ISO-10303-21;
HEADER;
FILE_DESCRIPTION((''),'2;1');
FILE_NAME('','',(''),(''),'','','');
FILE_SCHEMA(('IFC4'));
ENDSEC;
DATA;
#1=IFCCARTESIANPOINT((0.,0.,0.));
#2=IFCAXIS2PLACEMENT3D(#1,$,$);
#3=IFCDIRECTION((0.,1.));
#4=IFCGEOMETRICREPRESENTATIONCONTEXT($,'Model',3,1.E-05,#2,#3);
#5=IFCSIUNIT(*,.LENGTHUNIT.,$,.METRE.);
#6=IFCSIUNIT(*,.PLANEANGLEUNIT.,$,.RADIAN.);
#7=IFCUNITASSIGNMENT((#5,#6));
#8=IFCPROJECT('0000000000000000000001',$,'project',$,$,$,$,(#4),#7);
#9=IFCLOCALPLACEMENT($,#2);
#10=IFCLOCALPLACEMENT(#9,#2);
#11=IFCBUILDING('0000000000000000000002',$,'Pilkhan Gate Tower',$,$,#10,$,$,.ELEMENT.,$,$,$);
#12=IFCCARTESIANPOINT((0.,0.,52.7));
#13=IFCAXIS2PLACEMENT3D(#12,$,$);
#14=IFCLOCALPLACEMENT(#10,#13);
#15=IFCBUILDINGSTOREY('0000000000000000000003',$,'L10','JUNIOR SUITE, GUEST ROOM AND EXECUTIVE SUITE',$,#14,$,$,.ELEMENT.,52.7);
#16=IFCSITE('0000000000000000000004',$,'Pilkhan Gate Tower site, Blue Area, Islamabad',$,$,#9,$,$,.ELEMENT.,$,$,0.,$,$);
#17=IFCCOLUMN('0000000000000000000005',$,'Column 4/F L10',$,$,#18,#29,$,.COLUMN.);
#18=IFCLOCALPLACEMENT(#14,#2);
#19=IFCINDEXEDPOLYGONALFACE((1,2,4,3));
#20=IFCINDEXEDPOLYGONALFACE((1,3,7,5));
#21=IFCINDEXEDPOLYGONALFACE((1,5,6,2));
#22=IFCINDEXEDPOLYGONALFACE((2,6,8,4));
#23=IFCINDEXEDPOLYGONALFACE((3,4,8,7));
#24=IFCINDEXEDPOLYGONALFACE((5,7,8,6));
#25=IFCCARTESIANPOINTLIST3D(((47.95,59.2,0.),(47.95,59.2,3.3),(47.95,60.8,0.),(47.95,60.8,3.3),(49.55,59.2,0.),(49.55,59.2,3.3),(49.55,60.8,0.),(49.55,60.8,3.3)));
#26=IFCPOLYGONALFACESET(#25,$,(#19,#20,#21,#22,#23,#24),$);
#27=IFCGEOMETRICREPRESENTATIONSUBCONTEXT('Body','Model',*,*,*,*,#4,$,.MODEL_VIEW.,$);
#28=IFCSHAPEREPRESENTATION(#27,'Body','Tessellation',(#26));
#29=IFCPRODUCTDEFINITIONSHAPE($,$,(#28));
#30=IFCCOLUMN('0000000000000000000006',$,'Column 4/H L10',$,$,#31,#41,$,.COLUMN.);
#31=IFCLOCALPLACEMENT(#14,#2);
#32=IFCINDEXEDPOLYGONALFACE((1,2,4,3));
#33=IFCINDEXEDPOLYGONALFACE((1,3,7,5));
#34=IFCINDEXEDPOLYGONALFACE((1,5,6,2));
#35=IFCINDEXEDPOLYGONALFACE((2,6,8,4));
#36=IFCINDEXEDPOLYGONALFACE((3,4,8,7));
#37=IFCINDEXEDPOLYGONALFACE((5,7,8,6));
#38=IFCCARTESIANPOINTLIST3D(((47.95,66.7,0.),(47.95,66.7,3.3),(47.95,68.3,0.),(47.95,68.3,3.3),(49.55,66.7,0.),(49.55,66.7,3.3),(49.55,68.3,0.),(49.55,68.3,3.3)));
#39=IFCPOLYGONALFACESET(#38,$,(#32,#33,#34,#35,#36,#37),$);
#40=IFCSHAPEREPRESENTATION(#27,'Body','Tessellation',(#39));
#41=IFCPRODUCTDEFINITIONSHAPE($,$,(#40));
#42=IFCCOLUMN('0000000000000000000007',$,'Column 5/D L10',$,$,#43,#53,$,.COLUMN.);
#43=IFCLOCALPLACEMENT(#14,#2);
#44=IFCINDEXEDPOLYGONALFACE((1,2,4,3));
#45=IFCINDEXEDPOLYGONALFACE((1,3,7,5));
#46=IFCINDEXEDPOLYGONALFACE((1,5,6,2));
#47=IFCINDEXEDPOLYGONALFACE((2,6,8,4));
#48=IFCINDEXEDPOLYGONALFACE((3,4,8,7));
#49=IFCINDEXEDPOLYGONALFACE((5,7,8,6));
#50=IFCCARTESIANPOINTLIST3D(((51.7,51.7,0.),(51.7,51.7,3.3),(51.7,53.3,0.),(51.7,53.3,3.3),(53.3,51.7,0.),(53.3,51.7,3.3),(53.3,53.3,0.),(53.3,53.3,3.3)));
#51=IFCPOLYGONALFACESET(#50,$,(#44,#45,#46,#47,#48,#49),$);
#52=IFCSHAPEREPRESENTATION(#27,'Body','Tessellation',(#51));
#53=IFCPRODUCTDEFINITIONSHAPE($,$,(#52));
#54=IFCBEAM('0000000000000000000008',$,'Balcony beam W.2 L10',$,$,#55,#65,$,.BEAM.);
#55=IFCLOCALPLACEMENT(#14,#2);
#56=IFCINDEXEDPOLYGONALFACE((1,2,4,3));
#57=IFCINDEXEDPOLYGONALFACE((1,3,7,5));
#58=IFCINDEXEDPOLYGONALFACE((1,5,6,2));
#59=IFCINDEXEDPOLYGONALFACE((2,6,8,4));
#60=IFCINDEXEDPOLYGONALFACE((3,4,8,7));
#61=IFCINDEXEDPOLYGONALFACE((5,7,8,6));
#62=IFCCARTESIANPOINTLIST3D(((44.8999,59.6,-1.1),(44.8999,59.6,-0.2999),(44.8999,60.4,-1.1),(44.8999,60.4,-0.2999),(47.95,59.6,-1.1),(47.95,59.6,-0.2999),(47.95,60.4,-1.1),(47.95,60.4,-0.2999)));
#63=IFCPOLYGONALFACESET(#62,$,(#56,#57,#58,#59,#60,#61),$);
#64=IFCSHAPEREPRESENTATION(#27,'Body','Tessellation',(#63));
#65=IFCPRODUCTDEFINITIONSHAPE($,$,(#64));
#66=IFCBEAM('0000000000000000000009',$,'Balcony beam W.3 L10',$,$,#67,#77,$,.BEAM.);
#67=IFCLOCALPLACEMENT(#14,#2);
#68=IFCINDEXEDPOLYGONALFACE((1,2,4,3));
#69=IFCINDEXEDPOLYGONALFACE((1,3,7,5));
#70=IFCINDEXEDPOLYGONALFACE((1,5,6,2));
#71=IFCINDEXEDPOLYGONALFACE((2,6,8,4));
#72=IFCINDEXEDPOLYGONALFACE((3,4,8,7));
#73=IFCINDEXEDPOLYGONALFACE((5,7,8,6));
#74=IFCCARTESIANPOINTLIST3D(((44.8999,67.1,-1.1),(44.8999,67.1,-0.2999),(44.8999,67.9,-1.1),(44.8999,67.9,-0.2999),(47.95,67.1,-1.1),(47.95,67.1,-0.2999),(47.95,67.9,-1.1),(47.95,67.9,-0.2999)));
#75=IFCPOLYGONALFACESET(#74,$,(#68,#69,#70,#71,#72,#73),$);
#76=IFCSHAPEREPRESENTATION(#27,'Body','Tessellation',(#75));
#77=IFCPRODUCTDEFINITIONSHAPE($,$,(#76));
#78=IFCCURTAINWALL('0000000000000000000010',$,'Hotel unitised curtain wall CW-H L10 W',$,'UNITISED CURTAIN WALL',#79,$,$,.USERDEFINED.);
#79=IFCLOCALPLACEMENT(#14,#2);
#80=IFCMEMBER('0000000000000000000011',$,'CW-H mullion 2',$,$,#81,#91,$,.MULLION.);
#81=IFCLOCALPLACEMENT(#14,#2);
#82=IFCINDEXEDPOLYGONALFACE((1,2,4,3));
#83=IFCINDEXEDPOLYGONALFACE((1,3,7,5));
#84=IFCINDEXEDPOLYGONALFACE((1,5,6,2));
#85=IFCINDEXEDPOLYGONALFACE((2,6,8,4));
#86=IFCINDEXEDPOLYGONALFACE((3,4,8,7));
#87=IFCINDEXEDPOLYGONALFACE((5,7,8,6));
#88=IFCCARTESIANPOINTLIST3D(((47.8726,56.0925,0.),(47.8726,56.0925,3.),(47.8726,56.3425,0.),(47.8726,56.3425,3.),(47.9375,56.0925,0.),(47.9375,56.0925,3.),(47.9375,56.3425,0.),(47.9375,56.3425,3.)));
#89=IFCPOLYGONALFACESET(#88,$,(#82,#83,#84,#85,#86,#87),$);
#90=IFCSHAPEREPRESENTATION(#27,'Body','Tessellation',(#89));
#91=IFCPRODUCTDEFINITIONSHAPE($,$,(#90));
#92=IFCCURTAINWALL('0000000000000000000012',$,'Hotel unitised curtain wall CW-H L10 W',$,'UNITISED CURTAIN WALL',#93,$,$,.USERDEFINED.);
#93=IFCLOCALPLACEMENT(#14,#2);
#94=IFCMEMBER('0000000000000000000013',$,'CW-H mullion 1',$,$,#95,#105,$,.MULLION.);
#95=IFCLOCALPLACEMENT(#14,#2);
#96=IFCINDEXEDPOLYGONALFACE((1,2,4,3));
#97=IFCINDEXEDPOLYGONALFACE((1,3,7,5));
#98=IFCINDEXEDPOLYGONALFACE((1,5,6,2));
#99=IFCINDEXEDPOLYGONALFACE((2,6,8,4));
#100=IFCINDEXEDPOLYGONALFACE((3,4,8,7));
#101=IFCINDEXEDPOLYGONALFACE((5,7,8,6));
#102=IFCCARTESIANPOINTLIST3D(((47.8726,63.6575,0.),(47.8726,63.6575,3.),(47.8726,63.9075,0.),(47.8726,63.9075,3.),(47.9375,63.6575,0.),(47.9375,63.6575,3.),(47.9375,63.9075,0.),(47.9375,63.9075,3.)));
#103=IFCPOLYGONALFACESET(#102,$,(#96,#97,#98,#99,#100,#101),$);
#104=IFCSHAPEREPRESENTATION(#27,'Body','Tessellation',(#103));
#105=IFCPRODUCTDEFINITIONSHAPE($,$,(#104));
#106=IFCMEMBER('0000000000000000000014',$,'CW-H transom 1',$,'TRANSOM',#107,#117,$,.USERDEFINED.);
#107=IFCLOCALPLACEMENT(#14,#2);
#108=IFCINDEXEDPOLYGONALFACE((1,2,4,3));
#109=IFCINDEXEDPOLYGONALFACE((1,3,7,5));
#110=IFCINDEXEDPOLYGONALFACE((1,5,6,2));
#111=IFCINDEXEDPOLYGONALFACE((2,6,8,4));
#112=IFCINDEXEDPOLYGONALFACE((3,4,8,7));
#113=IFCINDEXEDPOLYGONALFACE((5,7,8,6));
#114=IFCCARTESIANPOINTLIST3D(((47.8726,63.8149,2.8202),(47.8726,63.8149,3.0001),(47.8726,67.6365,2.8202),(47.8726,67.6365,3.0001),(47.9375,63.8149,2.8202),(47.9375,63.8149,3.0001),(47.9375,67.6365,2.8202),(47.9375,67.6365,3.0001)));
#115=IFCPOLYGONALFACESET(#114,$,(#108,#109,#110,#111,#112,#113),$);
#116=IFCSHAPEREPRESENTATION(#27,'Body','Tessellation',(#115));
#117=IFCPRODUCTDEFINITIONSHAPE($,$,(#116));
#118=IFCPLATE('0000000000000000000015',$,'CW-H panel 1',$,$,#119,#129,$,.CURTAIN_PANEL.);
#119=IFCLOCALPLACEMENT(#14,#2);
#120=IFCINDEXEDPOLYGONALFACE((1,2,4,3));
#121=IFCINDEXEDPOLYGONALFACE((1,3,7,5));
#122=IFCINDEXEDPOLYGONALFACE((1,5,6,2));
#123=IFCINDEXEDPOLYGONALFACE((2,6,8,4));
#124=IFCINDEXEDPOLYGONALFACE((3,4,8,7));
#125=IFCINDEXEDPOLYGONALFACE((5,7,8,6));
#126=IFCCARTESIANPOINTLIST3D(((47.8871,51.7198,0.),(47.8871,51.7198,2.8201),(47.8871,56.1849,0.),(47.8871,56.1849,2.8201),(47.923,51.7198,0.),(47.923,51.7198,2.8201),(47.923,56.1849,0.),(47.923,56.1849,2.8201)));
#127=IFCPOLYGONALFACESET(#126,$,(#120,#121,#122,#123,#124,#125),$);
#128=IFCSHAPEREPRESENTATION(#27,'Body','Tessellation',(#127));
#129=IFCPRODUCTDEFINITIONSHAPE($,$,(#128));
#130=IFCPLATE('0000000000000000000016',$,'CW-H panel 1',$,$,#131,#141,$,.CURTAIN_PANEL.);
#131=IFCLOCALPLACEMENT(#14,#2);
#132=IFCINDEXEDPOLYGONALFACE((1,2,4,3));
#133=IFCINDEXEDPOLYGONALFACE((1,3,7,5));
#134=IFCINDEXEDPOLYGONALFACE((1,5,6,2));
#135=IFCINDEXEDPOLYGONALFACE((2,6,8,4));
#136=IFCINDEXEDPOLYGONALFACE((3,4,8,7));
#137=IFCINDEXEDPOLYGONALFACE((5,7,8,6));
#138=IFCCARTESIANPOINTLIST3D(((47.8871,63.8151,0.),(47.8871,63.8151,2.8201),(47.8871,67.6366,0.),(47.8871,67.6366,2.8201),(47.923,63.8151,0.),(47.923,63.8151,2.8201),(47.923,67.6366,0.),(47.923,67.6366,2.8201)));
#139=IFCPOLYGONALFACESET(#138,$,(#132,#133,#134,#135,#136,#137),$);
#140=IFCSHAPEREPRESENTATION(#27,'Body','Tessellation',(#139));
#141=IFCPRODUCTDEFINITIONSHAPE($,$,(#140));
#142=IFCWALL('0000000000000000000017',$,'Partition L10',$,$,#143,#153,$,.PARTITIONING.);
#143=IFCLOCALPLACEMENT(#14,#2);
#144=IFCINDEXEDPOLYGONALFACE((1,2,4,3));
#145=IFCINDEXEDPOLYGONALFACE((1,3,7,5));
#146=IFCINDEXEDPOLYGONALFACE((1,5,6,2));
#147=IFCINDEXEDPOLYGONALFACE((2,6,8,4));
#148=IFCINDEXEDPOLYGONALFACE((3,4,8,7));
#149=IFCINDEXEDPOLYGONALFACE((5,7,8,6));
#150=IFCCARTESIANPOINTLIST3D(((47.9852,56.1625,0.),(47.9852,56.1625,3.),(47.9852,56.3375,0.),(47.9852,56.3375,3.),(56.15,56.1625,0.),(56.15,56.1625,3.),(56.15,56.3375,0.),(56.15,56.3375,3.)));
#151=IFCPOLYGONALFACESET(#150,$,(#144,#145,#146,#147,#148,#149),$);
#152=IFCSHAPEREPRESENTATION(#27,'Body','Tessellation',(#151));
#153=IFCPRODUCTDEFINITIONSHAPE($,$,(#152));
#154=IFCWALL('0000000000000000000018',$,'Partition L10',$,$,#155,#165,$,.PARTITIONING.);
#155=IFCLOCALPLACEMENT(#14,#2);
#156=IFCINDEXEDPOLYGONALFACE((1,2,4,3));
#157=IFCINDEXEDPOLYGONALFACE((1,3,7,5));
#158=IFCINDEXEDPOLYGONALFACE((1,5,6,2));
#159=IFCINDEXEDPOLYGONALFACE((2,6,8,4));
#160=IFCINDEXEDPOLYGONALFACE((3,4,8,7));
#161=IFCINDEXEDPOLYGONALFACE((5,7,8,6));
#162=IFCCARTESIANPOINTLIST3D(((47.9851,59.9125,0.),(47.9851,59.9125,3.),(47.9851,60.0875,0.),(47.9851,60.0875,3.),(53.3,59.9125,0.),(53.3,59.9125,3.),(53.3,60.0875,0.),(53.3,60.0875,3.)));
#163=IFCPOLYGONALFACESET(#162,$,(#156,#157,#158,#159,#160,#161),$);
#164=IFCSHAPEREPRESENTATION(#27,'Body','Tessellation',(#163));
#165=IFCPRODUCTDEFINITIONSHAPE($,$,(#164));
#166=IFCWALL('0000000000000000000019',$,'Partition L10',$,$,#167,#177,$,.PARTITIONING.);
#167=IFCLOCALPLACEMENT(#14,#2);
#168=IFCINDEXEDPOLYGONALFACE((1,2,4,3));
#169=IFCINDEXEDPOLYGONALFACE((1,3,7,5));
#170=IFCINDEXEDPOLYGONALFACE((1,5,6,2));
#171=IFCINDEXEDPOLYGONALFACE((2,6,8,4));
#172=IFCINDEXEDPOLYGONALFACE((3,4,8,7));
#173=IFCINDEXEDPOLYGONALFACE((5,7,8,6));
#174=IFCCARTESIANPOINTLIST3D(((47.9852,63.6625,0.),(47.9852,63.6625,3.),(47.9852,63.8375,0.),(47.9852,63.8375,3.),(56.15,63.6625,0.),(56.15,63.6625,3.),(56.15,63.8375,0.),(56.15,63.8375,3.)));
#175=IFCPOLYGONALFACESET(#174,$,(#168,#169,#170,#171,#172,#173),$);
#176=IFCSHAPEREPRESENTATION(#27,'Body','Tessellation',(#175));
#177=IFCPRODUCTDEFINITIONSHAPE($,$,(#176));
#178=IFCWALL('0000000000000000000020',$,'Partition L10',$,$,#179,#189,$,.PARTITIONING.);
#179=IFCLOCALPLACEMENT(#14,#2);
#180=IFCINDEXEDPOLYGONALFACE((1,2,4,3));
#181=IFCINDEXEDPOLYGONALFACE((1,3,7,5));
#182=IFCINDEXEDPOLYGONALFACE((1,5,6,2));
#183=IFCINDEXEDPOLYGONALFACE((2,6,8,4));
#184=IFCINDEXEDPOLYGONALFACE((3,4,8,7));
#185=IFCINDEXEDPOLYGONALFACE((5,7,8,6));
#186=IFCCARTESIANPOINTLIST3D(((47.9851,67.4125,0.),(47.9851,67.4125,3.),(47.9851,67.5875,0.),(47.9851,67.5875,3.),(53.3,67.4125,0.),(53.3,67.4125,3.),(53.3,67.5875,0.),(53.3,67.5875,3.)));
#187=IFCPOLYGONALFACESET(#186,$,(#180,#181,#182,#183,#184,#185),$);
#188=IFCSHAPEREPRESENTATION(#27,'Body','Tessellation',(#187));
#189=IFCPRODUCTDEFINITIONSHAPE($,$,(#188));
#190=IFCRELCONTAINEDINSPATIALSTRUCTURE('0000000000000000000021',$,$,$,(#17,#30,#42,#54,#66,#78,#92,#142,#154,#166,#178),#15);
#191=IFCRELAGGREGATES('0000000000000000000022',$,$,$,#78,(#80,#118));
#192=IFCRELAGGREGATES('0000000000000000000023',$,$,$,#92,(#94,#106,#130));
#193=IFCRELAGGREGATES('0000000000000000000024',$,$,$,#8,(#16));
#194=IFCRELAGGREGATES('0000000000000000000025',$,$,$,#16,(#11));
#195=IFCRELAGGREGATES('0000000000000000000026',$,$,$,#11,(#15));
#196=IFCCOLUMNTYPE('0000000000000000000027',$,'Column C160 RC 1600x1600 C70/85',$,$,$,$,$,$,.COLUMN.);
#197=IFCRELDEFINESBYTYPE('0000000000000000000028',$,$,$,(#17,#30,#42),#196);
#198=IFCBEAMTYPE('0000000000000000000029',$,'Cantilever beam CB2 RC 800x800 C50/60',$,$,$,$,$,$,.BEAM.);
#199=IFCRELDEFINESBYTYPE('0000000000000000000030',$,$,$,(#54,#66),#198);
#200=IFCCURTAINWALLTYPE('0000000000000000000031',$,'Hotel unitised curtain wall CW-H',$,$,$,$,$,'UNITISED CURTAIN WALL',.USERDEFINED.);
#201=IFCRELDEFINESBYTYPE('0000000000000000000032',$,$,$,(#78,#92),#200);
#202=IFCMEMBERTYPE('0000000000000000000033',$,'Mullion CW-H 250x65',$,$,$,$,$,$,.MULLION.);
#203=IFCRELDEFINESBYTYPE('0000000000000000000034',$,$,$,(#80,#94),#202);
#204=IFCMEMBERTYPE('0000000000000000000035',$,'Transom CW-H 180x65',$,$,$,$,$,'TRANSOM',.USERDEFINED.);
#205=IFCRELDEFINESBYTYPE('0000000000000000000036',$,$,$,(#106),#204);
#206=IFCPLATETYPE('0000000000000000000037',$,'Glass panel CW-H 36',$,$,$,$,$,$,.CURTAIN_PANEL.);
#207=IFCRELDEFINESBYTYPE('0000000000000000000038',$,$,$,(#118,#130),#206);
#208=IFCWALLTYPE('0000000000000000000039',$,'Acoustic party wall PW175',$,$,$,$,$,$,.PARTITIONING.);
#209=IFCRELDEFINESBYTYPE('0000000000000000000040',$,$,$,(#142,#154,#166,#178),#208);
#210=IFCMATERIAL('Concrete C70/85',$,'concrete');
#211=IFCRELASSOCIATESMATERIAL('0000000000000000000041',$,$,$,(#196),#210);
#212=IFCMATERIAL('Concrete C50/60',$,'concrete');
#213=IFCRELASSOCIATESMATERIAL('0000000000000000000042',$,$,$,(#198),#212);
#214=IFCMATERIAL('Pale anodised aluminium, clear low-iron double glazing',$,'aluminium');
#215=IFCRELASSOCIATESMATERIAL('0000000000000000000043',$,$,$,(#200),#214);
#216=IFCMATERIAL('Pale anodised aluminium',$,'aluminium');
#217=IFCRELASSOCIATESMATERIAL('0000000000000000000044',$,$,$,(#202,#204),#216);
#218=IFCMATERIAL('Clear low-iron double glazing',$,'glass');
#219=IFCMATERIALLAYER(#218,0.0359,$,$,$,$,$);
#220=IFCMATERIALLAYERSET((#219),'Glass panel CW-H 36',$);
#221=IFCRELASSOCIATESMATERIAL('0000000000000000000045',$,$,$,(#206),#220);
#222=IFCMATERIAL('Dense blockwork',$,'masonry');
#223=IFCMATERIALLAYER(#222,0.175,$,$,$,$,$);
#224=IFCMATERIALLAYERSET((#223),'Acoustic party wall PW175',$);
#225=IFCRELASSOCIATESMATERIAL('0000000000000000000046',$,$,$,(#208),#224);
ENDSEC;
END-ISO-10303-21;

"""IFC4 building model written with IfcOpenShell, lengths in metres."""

from ifc_helpers import new_model, si_unit, direction, frame, frame_2d, origin, origin_2d, place, context, subcontext, project, spatial, rectangle, extrude, material, layer, layer_set, material_profile, profile_set, type_object, element, aggregate, save


model = new_model("IFC4")

# Units and contexts
model_context = context("Model", 3, precision=1e-05, world=origin(), true_north=direction((0.0, 1.0)))
body_context = subcontext(model_context, "Body", "Model", "MODEL_VIEW")
ifc_project = project(units=[si_unit("LENGTHUNIT", "METRE"), si_unit("PLANEANGLEUNIT", "RADIAN")], contexts=[model_context])

# Site, building, storey
site_placement = place(None, origin())
site = spatial("IfcSite", under=ifc_project, at=site_placement, Name="Pilkhan Gate Tower site, Blue Area, Islamabad", CompositionType="ELEMENT", RefElevation=0.0)
building_placement = place(site_placement, origin())
building = spatial("IfcBuilding", under=site, at=building_placement, Name="Pilkhan Gate Tower", CompositionType="ELEMENT")
storey_placement = place(building_placement, frame((0.0, 0.0, 52.7)))
storey = spatial("IfcBuildingStorey", under=building, at=storey_placement, Name="L10", Description="JUNIOR SUITE, GUEST ROOM AND EXECUTIVE SUITE", CompositionType="ELEMENT", Elevation=52.7)

# Columns
ifc_material_1 = material(Name="Concrete C70/85", Category="concrete")
ifc_material_profile_1 = material_profile(ifc_material_1, rectangle(XDim=1.6001, YDim=1.6001, at=origin_2d()), Name="RC 1600x1600")
ifc_profile_set_1 = profile_set([ifc_material_profile_1], Name="Concrete C70/85")
column_type = type_object("IfcColumnType", Name="Column C160 RC 1600x1600 C70/85", PredefinedType="COLUMN", material=ifc_profile_set_1)
for number, where, z_axis, x_axis, name in (
    (1, (48.75, 60.0, 0.0), (0.0, 0.0, 1.0), (1.0, 0.0, 0.0), "Column 4/F L10"),
    (2, (48.75, 67.5, 0.0), (0.0, 0.0, 1.0), (1.0, 0.0, 0.0), "Column 4/H L10"),
    (3, (52.5, 52.5, 0.0), (0.0, 0.0, 1.0), (1.0, 0.0, 0.0), "Column 5/D L10"),
):
    element("IfcColumn", number, at=place(storey_placement, frame(where, z_axis=z_axis, x_axis=x_axis)), inside=storey, type_object=column_type, Name=name, PredefinedType="COLUMN", context=body_context, shape_type="SweptSolid", body=[
        extrude(rectangle(XDim=1.6001, YDim=1.6001, at=origin_2d()), origin(), (0.0, 0.0, 1.0), 3.3),
    ])

# Beams
ifc_material_2 = material(Name="Concrete C50/60", Category="concrete")
ifc_material_profile_2 = material_profile(ifc_material_2, rectangle(XDim=0.8, YDim=0.8, at=origin_2d()), Name="RC 800x800")
ifc_profile_set_2 = profile_set([ifc_material_profile_2], Name="Concrete C50/60")
beam_type = type_object("IfcBeamType", Name="Cantilever beam CB2 RC 800x800 C50/60", PredefinedType="BEAM", material=ifc_profile_set_2)
for number, where, z_axis, x_axis, name in (
    (4, (47.95, 60.0, -0.7), (-1.0, 0.0, 0.0), (0.0, -1.0, 0.0), "Balcony beam W.2 L10"),
    (5, (47.95, 67.5, -0.7), (-1.0, 0.0, 0.0), (0.0, -1.0, 0.0), "Balcony beam W.3 L10"),
):
    element("IfcBeam", number, at=place(storey_placement, frame(where, z_axis=z_axis, x_axis=x_axis)), inside=storey, type_object=beam_type, Name=name, PredefinedType="BEAM", context=body_context, shape_type="SweptSolid", body=[
        extrude(rectangle(XDim=0.8, YDim=0.8, at=origin_2d()), origin(), (0.0, 0.0, 1.0), 3.05),
    ])

# Curtain wall, member
ifc_material_3 = material(Name="Pale anodised aluminium, clear low-iron double glazing", Category="aluminium")
curtain_wall_type = type_object("IfcCurtainWallType", Name="Hotel unitised curtain wall CW-H", ElementType="UNITISED CURTAIN WALL", PredefinedType="USERDEFINED", material=ifc_material_3)
curtain_wall_1_placement = place(storey_placement, origin())
curtain_wall_1 = element("IfcCurtainWall", 6, at=curtain_wall_1_placement, inside=storey, type_object=curtain_wall_type, Name="Hotel unitised curtain wall CW-H L10 W", ObjectType="UNITISED CURTAIN WALL", PredefinedType="USERDEFINED")
ifc_material_4 = material(Name="Pale anodised aluminium", Category="aluminium")
ifc_material_profile_3 = material_profile(ifc_material_4, rectangle(XDim=0.0649, YDim=0.25, at=origin_2d()), Name="Mullion 250x65")
ifc_profile_set_3 = profile_set([ifc_material_profile_3], Name="Pale anodised aluminium")
member_type_1 = type_object("IfcMemberType", Name="Mullion CW-H 250x65", PredefinedType="MULLION", material=ifc_profile_set_3)
member_1_placement = place(storey_placement, frame((47.905, 56.2175, 0.0), z_axis=(0.0, 0.0, 1.0), x_axis=(-1.0, 0.0, 0.0)))
member_1 = element("IfcMember", 7, at=member_1_placement, type_object=member_type_1, Name="CW-H mullion 2", PredefinedType="MULLION", context=body_context, shape_type="SweptSolid", body=[
    extrude(rectangle(XDim=0.0649, YDim=0.25, at=origin_2d()), origin(), (0.0, 0.0, 1.0), 3.0),
])

# Curtain wall, members
curtain_wall_2_placement = place(storey_placement, origin())
curtain_wall_2 = element("IfcCurtainWall", 8, at=curtain_wall_2_placement, inside=storey, type_object=curtain_wall_type, Name="Hotel unitised curtain wall CW-H L10 W", ObjectType="UNITISED CURTAIN WALL", PredefinedType="USERDEFINED")
member_2_placement = place(storey_placement, frame((47.905, 63.7825, 0.0), z_axis=(0.0, 0.0, 1.0), x_axis=(-1.0, 0.0, 0.0)))
member_2 = element("IfcMember", 9, at=member_2_placement, type_object=member_type_1, Name="CW-H mullion 1", PredefinedType="MULLION", context=body_context, shape_type="SweptSolid", body=[
    extrude(rectangle(XDim=0.0649, YDim=0.25, at=origin_2d()), origin(), (0.0, 0.0, 1.0), 3.0),
])
ifc_material_profile_4 = material_profile(ifc_material_4, rectangle(XDim=0.0649, YDim=0.1799, at=origin_2d()), Name="Transom 180x65")
ifc_profile_set_4 = profile_set([ifc_material_profile_4], Name="Pale anodised aluminium")
member_type_2 = type_object("IfcMemberType", Name="Transom CW-H 180x65", ElementType="TRANSOM", PredefinedType="USERDEFINED", material=ifc_profile_set_4)
member_3_placement = place(storey_placement, frame((47.905, 63.8149, 2.9102), z_axis=(0.0, 1.0, 0.0), x_axis=(-1.0, 0.0, 0.0)))
member_3 = element("IfcMember", 10, at=member_3_placement, type_object=member_type_2, Name="CW-H transom 1", ObjectType="TRANSOM", PredefinedType="USERDEFINED", context=body_context, shape_type="SweptSolid", body=[
    extrude(rectangle(XDim=0.0649, YDim=0.1799, at=origin_2d()), origin(), (0.0, 0.0, 1.0), 3.8215),
])

# Plates
ifc_material_5 = material(Name="Clear low-iron double glazing", Category="glass")
ifc_layer_1 = layer(ifc_material_5, 0.0359)
ifc_layer_set_1 = layer_set([ifc_layer_1], Name="Glass panel CW-H 36")
plate_type = type_object("IfcPlateType", Name="Glass panel CW-H 36", PredefinedType="CURTAIN_PANEL", material=ifc_layer_set_1)
plate_1_placement = place(storey_placement, frame((47.905, 53.9524, 0.0), z_axis=(0.0, 0.0, 1.0), x_axis=(0.0, 1.0, 0.0)))
plate_1 = element("IfcPlate", 11, at=plate_1_placement, type_object=plate_type, Name="CW-H panel 1", PredefinedType="CURTAIN_PANEL", context=body_context, shape_type="SweptSolid", body=[
    extrude(rectangle(XDim=4.4651, YDim=0.0359, at=origin_2d()), origin(), (0.0, 0.0, 1.0), 2.8201),
])
aggregate(curtain_wall_1, [member_1, plate_1])
plate_2_placement = place(storey_placement, frame((47.905, 65.7258, 0.0), z_axis=(0.0, 0.0, 1.0), x_axis=(0.0, 1.0, 0.0)))
plate_2 = element("IfcPlate", 12, at=plate_2_placement, type_object=plate_type, Name="CW-H panel 1", PredefinedType="CURTAIN_PANEL", context=body_context, shape_type="SweptSolid", body=[
    extrude(rectangle(XDim=3.8215, YDim=0.0359, at=origin_2d()), origin(), (0.0, 0.0, 1.0), 2.8201),
])
aggregate(curtain_wall_2, [member_2, member_3, plate_2])

# Walls
ifc_material_6 = material(Name="Dense blockwork", Category="masonry")
ifc_layer_2 = layer(ifc_material_6, 0.175)
ifc_layer_set_2 = layer_set([ifc_layer_2], Name="Acoustic party wall PW175")
wall_type_1 = type_object("IfcWallType", Name="Acoustic party wall PW175", PredefinedType="PARTITIONING", material=ifc_layer_set_2)
wall_1_placement = place(storey_placement, frame((47.9851, 56.25, 0.0), z_axis=(0.0, 0.0, 1.0), x_axis=(1.0, 0.0, 0.0)))
element("IfcWall", 13, at=wall_1_placement, inside=storey, type_object=wall_type_1, Name="Partition L10", PredefinedType="PARTITIONING", context=body_context, shape_type="SweptSolid", body=[
    extrude(rectangle(XDim=8.1648, YDim=0.175, at=frame_2d((4.0825, 0.0))), origin(), (0.0, 0.0, 1.0), 3.0),
])
wall_2_placement = place(storey_placement, frame((47.9851, 60.0, 0.0), z_axis=(0.0, 0.0, 1.0), x_axis=(1.0, 0.0, 0.0)))
element("IfcWall", 14, at=wall_2_placement, inside=storey, type_object=wall_type_1, Name="Partition L10", PredefinedType="PARTITIONING", context=body_context, shape_type="SweptSolid", body=[
    extrude(rectangle(XDim=5.3149, YDim=0.175, at=frame_2d((2.6575, 0.0))), origin(), (0.0, 0.0, 1.0), 3.0),
])
wall_3_placement = place(storey_placement, frame((47.9851, 63.75, 0.0), z_axis=(0.0, 0.0, 1.0), x_axis=(1.0, 0.0, 0.0)))
element("IfcWall", 15, at=wall_3_placement, inside=storey, type_object=wall_type_1, Name="Partition L10", PredefinedType="PARTITIONING", context=body_context, shape_type="SweptSolid", body=[
    extrude(rectangle(XDim=8.1648, YDim=0.175, at=frame_2d((4.0825, 0.0))), origin(), (0.0, 0.0, 1.0), 3.0),
])
wall_4_placement = place(storey_placement, frame((47.9851, 67.5, 0.0), z_axis=(0.0, 0.0, 1.0), x_axis=(1.0, 0.0, 0.0)))
element("IfcWall", 16, at=wall_4_placement, inside=storey, type_object=wall_type_1, Name="Partition L10", PredefinedType="PARTITIONING", context=body_context, shape_type="SweptSolid", body=[
    extrude(rectangle(XDim=5.3149, YDim=0.175, at=frame_2d((2.6575, 0.0))), origin(), (0.0, 0.0, 1.0), 3.0),
])

save(model, "model.ifc")
